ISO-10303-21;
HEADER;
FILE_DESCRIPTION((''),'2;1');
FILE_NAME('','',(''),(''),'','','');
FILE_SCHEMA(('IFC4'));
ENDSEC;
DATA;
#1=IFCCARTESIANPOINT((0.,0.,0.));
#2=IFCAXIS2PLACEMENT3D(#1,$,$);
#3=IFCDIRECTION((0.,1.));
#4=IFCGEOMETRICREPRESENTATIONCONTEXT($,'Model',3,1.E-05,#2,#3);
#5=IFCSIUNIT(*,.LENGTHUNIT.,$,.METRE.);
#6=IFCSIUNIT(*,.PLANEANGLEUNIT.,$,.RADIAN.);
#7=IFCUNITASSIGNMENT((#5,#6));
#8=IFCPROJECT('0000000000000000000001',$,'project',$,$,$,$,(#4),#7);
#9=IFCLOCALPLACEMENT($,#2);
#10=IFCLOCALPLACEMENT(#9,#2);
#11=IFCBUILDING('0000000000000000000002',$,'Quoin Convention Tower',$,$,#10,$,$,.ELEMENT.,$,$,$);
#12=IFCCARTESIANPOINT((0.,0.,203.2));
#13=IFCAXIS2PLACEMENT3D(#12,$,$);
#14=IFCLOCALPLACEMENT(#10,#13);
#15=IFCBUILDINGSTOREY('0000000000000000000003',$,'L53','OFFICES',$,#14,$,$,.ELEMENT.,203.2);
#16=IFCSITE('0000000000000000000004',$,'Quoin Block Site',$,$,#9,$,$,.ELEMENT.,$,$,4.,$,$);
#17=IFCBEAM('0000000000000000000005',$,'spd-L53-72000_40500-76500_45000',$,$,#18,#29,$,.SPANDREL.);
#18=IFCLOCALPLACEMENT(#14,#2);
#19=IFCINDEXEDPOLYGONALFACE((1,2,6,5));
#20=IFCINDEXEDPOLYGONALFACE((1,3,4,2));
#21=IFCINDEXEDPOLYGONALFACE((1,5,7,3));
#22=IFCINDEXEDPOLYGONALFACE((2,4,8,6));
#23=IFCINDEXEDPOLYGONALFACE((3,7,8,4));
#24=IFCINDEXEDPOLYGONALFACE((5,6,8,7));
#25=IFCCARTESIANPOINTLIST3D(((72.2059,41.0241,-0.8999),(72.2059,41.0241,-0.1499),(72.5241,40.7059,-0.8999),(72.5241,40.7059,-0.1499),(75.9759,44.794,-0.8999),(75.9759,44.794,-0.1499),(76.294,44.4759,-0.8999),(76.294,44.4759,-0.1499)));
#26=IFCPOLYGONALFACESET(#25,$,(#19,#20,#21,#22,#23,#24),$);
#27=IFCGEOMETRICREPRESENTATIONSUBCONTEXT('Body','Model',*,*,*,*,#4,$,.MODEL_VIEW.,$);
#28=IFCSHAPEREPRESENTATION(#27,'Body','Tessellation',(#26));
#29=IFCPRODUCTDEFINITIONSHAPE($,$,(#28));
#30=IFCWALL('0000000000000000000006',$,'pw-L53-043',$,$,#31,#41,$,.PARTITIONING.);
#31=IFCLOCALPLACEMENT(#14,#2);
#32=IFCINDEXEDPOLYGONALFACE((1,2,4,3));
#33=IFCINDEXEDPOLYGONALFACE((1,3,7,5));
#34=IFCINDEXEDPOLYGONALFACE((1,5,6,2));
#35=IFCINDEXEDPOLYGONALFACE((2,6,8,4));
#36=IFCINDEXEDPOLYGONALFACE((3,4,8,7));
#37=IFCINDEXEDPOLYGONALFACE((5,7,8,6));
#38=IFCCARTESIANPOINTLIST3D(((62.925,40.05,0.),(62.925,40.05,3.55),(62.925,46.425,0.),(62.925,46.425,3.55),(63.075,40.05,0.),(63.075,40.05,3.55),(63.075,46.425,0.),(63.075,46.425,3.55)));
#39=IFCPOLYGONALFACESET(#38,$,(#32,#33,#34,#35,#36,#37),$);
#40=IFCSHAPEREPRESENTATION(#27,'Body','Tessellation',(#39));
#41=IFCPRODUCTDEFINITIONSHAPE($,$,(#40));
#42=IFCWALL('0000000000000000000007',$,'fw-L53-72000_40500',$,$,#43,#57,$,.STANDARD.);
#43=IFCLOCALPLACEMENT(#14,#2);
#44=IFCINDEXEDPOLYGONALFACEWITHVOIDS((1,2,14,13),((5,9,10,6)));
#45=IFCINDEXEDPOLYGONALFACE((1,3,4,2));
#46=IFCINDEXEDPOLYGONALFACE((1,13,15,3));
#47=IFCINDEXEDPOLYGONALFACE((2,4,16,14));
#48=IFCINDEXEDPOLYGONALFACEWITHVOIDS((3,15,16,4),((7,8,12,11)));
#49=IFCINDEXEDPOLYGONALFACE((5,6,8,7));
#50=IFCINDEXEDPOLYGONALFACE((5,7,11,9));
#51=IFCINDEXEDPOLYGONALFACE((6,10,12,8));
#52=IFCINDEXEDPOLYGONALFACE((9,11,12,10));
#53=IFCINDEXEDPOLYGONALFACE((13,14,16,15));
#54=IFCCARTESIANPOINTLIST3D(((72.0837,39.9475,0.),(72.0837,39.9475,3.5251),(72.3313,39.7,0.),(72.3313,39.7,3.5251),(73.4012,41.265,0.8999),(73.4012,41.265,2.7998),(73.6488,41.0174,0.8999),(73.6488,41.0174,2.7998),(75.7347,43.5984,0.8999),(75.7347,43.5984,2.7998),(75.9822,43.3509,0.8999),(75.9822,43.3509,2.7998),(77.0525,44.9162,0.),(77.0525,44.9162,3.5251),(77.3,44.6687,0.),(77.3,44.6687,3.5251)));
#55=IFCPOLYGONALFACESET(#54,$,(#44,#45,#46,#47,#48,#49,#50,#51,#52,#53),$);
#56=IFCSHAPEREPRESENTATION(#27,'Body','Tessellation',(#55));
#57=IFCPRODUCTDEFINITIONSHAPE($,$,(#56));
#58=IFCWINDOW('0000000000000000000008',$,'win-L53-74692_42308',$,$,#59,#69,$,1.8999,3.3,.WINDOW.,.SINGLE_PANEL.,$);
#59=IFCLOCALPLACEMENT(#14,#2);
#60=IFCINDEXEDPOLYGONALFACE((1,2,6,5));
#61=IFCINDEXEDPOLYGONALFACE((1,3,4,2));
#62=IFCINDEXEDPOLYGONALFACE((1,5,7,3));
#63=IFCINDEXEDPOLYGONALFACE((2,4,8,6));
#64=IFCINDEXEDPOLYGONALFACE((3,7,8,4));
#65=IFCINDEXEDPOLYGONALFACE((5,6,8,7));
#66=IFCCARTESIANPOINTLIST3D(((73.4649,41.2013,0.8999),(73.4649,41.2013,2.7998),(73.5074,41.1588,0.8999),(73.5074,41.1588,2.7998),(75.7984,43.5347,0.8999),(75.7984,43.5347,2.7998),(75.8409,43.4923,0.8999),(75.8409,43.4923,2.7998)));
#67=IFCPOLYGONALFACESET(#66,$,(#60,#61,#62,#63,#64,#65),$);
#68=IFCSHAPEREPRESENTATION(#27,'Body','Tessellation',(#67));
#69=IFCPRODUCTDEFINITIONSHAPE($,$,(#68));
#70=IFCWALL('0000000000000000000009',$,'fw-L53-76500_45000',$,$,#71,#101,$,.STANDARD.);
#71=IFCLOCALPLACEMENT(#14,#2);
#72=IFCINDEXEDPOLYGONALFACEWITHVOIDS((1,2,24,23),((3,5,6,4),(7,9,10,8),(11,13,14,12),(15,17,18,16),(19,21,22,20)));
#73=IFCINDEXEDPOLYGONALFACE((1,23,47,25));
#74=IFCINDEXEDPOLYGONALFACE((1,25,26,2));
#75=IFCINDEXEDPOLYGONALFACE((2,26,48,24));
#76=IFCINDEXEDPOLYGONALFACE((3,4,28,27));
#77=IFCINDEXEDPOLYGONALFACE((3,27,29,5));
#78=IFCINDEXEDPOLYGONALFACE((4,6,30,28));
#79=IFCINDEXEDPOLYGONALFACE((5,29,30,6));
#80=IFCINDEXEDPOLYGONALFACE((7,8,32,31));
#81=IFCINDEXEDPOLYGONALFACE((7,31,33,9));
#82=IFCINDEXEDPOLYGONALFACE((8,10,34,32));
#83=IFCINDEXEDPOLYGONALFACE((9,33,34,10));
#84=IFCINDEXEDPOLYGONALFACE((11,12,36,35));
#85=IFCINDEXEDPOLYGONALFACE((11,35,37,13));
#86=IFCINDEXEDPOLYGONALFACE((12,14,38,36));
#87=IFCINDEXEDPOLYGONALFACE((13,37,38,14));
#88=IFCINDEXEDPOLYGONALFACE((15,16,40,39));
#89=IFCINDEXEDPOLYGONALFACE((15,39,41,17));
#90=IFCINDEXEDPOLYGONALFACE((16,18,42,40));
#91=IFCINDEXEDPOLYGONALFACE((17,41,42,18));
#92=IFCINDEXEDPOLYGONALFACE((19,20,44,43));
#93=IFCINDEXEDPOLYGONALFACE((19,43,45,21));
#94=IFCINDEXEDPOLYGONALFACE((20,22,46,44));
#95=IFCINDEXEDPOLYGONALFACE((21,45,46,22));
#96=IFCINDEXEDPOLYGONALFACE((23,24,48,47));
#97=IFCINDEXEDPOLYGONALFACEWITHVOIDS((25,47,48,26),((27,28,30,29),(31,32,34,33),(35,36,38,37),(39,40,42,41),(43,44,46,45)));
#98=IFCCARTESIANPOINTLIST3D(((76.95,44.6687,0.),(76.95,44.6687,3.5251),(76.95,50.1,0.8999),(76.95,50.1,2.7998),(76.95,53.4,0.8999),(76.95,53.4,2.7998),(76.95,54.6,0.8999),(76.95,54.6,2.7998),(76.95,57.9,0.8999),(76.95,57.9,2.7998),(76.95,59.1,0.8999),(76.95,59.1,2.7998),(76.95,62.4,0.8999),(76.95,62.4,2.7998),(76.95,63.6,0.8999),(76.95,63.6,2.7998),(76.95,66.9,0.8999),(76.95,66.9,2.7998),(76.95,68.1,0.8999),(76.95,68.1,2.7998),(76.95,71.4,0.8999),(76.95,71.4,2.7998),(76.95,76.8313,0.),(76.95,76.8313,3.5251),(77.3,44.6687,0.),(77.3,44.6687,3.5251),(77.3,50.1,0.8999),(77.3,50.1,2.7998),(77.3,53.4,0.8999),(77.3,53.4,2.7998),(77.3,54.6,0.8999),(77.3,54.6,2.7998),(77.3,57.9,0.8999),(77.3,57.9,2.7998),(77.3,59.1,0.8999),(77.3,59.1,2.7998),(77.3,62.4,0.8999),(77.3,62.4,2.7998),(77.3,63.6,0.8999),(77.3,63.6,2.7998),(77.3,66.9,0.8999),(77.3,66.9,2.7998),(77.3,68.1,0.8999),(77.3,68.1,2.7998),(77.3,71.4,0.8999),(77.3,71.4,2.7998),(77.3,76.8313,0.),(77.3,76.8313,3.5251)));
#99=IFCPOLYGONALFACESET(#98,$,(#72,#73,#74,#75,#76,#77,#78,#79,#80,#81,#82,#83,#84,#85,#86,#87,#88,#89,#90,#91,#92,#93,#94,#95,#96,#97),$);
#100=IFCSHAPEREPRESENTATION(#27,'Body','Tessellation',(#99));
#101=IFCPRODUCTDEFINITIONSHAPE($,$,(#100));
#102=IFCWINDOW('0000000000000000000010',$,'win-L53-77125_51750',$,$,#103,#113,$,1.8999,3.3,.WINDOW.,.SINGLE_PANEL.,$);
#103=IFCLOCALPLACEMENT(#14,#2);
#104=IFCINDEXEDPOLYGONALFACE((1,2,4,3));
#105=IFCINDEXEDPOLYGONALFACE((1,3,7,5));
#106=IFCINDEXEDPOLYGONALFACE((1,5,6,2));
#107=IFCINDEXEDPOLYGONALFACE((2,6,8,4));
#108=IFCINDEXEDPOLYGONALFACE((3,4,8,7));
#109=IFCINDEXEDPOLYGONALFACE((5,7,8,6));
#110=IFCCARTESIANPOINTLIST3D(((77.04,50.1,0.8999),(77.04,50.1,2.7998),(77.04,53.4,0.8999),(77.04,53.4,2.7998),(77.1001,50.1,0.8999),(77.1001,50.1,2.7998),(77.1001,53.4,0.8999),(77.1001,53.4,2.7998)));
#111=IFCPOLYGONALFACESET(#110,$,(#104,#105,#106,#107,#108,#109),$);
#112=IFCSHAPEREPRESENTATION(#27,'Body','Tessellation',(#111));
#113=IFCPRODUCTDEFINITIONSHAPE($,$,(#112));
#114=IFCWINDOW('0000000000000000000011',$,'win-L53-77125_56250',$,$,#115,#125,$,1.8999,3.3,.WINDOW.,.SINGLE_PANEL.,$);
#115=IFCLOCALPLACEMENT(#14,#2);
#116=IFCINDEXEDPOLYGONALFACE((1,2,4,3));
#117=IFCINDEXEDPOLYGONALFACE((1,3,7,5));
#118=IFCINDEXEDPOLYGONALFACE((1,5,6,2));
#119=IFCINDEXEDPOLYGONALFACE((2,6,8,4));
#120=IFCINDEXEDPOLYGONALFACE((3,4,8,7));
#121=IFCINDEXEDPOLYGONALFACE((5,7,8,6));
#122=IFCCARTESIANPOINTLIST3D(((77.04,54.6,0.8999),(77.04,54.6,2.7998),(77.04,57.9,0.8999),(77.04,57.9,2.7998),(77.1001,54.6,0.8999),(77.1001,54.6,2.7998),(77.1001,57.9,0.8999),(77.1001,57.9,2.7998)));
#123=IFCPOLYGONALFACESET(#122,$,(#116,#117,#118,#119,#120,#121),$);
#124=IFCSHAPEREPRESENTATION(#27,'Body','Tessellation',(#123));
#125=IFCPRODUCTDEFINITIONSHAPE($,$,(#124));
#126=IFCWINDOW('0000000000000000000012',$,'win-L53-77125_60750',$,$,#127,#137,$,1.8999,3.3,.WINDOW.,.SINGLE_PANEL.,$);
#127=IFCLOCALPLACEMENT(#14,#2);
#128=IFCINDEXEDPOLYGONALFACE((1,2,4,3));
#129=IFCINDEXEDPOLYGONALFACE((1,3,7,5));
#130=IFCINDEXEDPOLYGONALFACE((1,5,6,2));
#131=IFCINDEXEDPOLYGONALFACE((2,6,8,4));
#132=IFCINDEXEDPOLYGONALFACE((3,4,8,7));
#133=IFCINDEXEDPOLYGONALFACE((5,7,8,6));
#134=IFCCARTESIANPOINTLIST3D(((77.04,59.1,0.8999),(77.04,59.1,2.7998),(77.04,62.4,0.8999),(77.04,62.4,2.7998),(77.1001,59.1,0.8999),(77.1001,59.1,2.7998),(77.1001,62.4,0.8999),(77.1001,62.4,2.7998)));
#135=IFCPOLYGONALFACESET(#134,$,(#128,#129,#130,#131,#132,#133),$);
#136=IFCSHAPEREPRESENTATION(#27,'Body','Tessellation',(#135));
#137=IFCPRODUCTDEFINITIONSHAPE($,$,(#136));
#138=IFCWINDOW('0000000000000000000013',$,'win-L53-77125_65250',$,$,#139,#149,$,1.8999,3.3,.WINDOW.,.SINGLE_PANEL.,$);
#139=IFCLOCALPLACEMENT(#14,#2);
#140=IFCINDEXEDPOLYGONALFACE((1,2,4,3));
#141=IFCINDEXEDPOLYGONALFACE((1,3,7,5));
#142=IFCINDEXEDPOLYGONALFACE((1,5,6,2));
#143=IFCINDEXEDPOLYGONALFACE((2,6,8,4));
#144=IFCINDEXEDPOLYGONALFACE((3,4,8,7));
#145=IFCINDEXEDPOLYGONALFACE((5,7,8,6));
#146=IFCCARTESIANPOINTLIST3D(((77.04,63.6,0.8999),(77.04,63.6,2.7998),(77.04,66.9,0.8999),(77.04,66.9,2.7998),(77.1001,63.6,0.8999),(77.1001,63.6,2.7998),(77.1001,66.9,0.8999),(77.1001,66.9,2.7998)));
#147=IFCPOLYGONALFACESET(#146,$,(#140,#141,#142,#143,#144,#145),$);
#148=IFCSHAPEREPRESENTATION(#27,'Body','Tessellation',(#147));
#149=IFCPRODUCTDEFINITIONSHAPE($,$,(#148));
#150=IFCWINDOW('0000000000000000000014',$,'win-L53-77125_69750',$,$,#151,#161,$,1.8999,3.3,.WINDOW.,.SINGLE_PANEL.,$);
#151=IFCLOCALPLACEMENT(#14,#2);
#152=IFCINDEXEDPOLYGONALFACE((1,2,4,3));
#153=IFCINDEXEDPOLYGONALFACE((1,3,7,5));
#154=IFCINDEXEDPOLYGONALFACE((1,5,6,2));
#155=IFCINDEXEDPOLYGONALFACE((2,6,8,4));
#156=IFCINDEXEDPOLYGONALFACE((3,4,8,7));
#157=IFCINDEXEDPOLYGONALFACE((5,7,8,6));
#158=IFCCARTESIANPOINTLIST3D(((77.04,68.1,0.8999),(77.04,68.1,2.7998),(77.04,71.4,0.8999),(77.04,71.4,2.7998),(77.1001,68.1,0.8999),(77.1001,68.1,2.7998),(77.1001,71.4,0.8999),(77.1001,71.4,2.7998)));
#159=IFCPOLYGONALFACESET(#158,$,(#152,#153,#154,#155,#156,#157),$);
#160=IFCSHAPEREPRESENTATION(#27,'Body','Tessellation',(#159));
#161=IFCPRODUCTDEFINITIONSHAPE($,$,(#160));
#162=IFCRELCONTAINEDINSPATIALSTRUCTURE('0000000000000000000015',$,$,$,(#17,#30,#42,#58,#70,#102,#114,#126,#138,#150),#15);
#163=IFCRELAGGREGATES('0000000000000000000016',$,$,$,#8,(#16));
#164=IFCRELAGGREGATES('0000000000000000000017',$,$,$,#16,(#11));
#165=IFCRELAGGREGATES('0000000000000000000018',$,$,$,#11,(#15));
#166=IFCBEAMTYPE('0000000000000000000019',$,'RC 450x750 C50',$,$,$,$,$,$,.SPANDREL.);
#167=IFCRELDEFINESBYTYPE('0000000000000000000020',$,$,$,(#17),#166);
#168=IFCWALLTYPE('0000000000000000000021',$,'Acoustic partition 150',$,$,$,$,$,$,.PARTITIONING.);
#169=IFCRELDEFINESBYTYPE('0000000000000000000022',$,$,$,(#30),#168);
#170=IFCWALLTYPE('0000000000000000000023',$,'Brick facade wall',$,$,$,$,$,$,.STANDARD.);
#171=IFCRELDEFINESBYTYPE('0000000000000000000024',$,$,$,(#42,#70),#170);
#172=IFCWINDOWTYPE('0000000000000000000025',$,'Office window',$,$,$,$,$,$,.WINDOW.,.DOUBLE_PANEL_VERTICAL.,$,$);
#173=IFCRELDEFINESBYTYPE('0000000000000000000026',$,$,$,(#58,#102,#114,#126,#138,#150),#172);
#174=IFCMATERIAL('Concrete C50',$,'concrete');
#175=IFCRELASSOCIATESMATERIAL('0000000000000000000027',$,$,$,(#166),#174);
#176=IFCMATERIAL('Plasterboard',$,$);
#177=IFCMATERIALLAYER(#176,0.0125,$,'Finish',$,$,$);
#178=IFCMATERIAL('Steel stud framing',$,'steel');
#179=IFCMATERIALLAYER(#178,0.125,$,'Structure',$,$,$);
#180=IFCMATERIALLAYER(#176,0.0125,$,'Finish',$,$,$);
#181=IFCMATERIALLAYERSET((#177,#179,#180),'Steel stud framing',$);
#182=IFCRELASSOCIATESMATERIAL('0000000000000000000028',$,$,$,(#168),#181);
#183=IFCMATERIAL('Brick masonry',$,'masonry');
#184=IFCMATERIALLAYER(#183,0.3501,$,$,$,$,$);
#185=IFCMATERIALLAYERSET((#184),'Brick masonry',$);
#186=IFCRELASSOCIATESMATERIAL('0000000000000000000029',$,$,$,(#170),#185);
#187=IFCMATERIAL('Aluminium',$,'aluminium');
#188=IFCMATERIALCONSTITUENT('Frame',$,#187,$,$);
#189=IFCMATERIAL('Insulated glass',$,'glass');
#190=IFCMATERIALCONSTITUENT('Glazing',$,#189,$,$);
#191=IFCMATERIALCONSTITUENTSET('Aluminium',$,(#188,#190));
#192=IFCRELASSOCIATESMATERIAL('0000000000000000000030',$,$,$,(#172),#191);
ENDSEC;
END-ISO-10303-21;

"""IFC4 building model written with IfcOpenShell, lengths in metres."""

from ifc_helpers import new_model, si_unit, direction, frame, frame_2d, origin, origin_2d, place, context, subcontext, project, spatial, rectangle, extrude, material, layer, layer_set, constituent, constituent_set, material_profile, profile_set, type_object, element, fill, save


model = new_model("IFC4")

# Units and contexts
model_context = context("Model", 3, precision=1e-05, world=origin(), true_north=direction((0.0, 1.0)))
body_context = subcontext(model_context, "Body", "Model", "MODEL_VIEW")
ifc_project = project(units=[si_unit("LENGTHUNIT", "METRE"), si_unit("PLANEANGLEUNIT", "RADIAN")], contexts=[model_context])

# Site, building, storey
site_placement = place(None, origin())
site = spatial("IfcSite", under=ifc_project, at=site_placement, Name="Quoin Block Site", CompositionType="ELEMENT", RefElevation=4.0)
building_placement = place(site_placement, origin())
building = spatial("IfcBuilding", under=site, at=building_placement, Name="Quoin Convention Tower", CompositionType="ELEMENT")
storey_placement = place(building_placement, frame((0.0, 0.0, 203.2)))
storey = spatial("IfcBuildingStorey", under=building, at=storey_placement, Name="L53", Description="OFFICES", CompositionType="ELEMENT", Elevation=203.2)

# Shared definitions
ifc_material_1 = material(Name="Concrete C50", Category="concrete")

# Beam
ifc_material_profile_1 = material_profile(ifc_material_1, rectangle(XDim=0.45, YDim=0.75, at=origin_2d()), Name="RC 450x750")
ifc_profile_set_1 = profile_set([ifc_material_profile_1], Name="Concrete C50")
beam_type_1 = type_object("IfcBeamType", Name="RC 450x750 C50", PredefinedType="SPANDREL", material=ifc_profile_set_1)
beam_1_placement = place(storey_placement, frame((72.365, 40.865, -0.5249), z_axis=(0.707107, 0.707107, 0.0), x_axis=(-0.707107, 0.707107, 0.0)))
element("IfcBeam", 1, at=beam_1_placement, inside=storey, type_object=beam_type_1, Name="spd-L53-72000_40500-76500_45000", PredefinedType="SPANDREL", context=body_context, shape_type="SweptSolid", body=[
    extrude(rectangle(XDim=0.45, YDim=0.75, at=origin_2d()), origin(), (0.0, 0.0, 1.0), 5.3315),
])

# Wall
ifc_material_2 = material(Name="Plasterboard")
ifc_layer_1 = layer(ifc_material_2, 0.0125, Name="Finish")
ifc_material_3 = material(Name="Steel stud framing", Category="steel")
ifc_layer_2 = layer(ifc_material_3, 0.125, Name="Structure")
ifc_layer_3 = layer(ifc_material_2, 0.0125, Name="Finish")
ifc_layer_set_1 = layer_set([ifc_layer_1, ifc_layer_2, ifc_layer_3], Name="Steel stud framing")
wall_type_1 = type_object("IfcWallType", Name="Acoustic partition 150", PredefinedType="PARTITIONING", material=ifc_layer_set_1)
wall_1_placement = place(storey_placement, frame((63.0, 40.05, 0.0), z_axis=(0.0, 0.0, 1.0), x_axis=(0.0, 1.0, 0.0)))
element("IfcWall", 2, at=wall_1_placement, inside=storey, type_object=wall_type_1, Name="pw-L53-043", PredefinedType="PARTITIONING", context=body_context, shape_type="SweptSolid", body=[
    extrude(rectangle(XDim=6.375, YDim=0.1499, at=frame_2d((3.1875, 0.0))), origin(), (0.0, 0.0, 1.0), 3.55),
])

# Wall, opening, window
ifc_material_4 = material(Name="Brick masonry", Category="masonry")
ifc_layer_4 = layer(ifc_material_4, 0.3501)
ifc_layer_set_2 = layer_set([ifc_layer_4], Name="Brick masonry")
wall_type_2 = type_object("IfcWallType", Name="Brick facade wall", PredefinedType="STANDARD", material=ifc_layer_set_2)
wall_2_placement = place(storey_placement, frame((72.2075, 39.8237, 0.0), z_axis=(0.0, 0.0, 1.0), x_axis=(0.707107, 0.707107, 0.0)))
wall_2 = element("IfcWall", 3, at=wall_2_placement, inside=storey, type_object=wall_type_2, Name="fw-L53-72000_40500", PredefinedType="STANDARD", context=body_context, shape_type="SweptSolid", body=[
    extrude(rectangle(XDim=7.0269, YDim=0.3501, at=frame_2d((3.5134, 0.0))), origin(), (0.0, 0.0, 1.0), 3.5251),
])
opening_1_placement = place(wall_2_placement, frame((1.8633, 0.0, 0.8999)))
opening_1 = element("IfcOpeningElement", 4, at=opening_1_placement, cuts=wall_2, PredefinedType="OPENING", context=body_context, shape_type="SweptSolid", body=[
    extrude(rectangle(XDim=3.3, YDim=1.8999, at=frame_2d((1.6499, 0.95))), frame((0.0, 0.1851, 0.0), z_axis=(0.0, -1.0, 0.0), x_axis=(1.0, 0.0, 0.0)), (0.0, 0.0, 1.0), 0.3701),
])
ifc_material_5 = material(Name="Aluminium", Category="aluminium")
ifc_constituent_1 = constituent(ifc_material_5, Name="Frame")
ifc_material_6 = material(Name="Insulated glass", Category="glass")
ifc_constituent_2 = constituent(ifc_material_6, Name="Glazing")
ifc_constituent_set = constituent_set(constituents=[ifc_constituent_1, ifc_constituent_2], Name="Aluminium")
window_type = type_object("IfcWindowType", Name="Office window", PartitioningType="DOUBLE_PANEL_VERTICAL", PredefinedType="WINDOW", material=ifc_constituent_set)
window_1_placement = place(opening_1_placement, origin())
window_1 = element("IfcWindow", 5, at=window_1_placement, inside=storey, type_object=window_type, Name="win-L53-74692_42308", OverallHeight=1.8999, OverallWidth=3.3, PartitioningType="SINGLE_PANEL", PredefinedType="WINDOW", context=body_context, shape_type="SweptSolid", body=[
    extrude(rectangle(XDim=3.3, YDim=1.8999, at=frame_2d((1.6499, 0.95))), frame((0.0, 0.085, 0.0), z_axis=(0.0, -1.0, 0.0), x_axis=(1.0, 0.0, 0.0)), (0.0, 0.0, 1.0), 0.0601),
])
fill(opening_1, window_1)

# Wall, openings, windows
wall_3_placement = place(storey_placement, frame((77.125, 44.6687, 0.0), z_axis=(0.0, 0.0, 1.0), x_axis=(0.0, 1.0, 0.0)))
wall_3 = element("IfcWall", 6, at=wall_3_placement, inside=storey, type_object=wall_type_2, Name="fw-L53-76500_45000", PredefinedType="STANDARD", context=body_context, shape_type="SweptSolid", body=[
    extrude(rectangle(XDim=32.1626, YDim=0.3501, at=frame_2d((16.0813, 0.0))), origin(), (0.0, 0.0, 1.0), 3.5251),
])
opening_2_placement = place(wall_3_placement, frame((5.4314, 0.0, 0.8999)))
opening_2 = element("IfcOpeningElement", 7, at=opening_2_placement, cuts=wall_3, PredefinedType="OPENING", context=body_context, shape_type="SweptSolid", body=[
    extrude(rectangle(XDim=3.3, YDim=1.8999, at=frame_2d((1.6499, 0.95))), frame((0.0, 0.1851, 0.0), z_axis=(0.0, -1.0, 0.0), x_axis=(1.0, 0.0, 0.0)), (0.0, 0.0, 1.0), 0.3701),
])
opening_3_placement = place(wall_3_placement, frame((9.9314, 0.0, 0.8999)))
opening_3 = element("IfcOpeningElement", 8, at=opening_3_placement, cuts=wall_3, PredefinedType="OPENING", context=body_context, shape_type="SweptSolid", body=[
    extrude(rectangle(XDim=3.3, YDim=1.8999, at=frame_2d((1.6499, 0.95))), frame((0.0, 0.1851, 0.0), z_axis=(0.0, -1.0, 0.0), x_axis=(1.0, 0.0, 0.0)), (0.0, 0.0, 1.0), 0.3701),
])
opening_4_placement = place(wall_3_placement, frame((14.4314, 0.0, 0.8999)))
opening_4 = element("IfcOpeningElement", 9, at=opening_4_placement, cuts=wall_3, PredefinedType="OPENING", context=body_context, shape_type="SweptSolid", body=[
    extrude(rectangle(XDim=3.3, YDim=1.8999, at=frame_2d((1.6499, 0.95))), frame((0.0, 0.1851, 0.0), z_axis=(0.0, -1.0, 0.0), x_axis=(1.0, 0.0, 0.0)), (0.0, 0.0, 1.0), 0.3701),
])
opening_5_placement = place(wall_3_placement, frame((18.9314, 0.0, 0.8999)))
opening_5 = element("IfcOpeningElement", 10, at=opening_5_placement, cuts=wall_3, PredefinedType="OPENING", context=body_context, shape_type="SweptSolid", body=[
    extrude(rectangle(XDim=3.3, YDim=1.8999, at=frame_2d((1.6499, 0.95))), frame((0.0, 0.1851, 0.0), z_axis=(0.0, -1.0, 0.0), x_axis=(1.0, 0.0, 0.0)), (0.0, 0.0, 1.0), 0.3701),
])
opening_6_placement = place(wall_3_placement, frame((23.4314, 0.0, 0.8999)))
opening_6 = element("IfcOpeningElement", 11, at=opening_6_placement, cuts=wall_3, PredefinedType="OPENING", context=body_context, shape_type="SweptSolid", body=[
    extrude(rectangle(XDim=3.3, YDim=1.8999, at=frame_2d((1.6499, 0.95))), frame((0.0, 0.1851, 0.0), z_axis=(0.0, -1.0, 0.0), x_axis=(1.0, 0.0, 0.0)), (0.0, 0.0, 1.0), 0.3701),
])
window_2_placement = place(opening_2_placement, origin())
window_2 = element("IfcWindow", 12, at=window_2_placement, inside=storey, type_object=window_type, Name="win-L53-77125_51750", OverallHeight=1.8999, OverallWidth=3.3, PartitioningType="SINGLE_PANEL", PredefinedType="WINDOW", context=body_context, shape_type="SweptSolid", body=[
    extrude(rectangle(XDim=3.3, YDim=1.8999, at=frame_2d((1.6499, 0.95))), frame((0.0, 0.085, 0.0), z_axis=(0.0, -1.0, 0.0), x_axis=(1.0, 0.0, 0.0)), (0.0, 0.0, 1.0), 0.0601),
])
fill(opening_2, window_2)
window_3_placement = place(opening_3_placement, origin())
window_3 = element("IfcWindow", 13, at=window_3_placement, inside=storey, type_object=window_type, Name="win-L53-77125_56250", OverallHeight=1.8999, OverallWidth=3.3, PartitioningType="SINGLE_PANEL", PredefinedType="WINDOW", context=body_context, shape_type="SweptSolid", body=[
    extrude(rectangle(XDim=3.3, YDim=1.8999, at=frame_2d((1.6499, 0.95))), frame((0.0, 0.085, 0.0), z_axis=(0.0, -1.0, 0.0), x_axis=(1.0, 0.0, 0.0)), (0.0, 0.0, 1.0), 0.0601),
])
fill(opening_3, window_3)
window_4_placement = place(opening_4_placement, origin())
window_4 = element("IfcWindow", 14, at=window_4_placement, inside=storey, type_object=window_type, Name="win-L53-77125_60750", OverallHeight=1.8999, OverallWidth=3.3, PartitioningType="SINGLE_PANEL", PredefinedType="WINDOW", context=body_context, shape_type="SweptSolid", body=[
    extrude(rectangle(XDim=3.3, YDim=1.8999, at=frame_2d((1.6499, 0.95))), frame((0.0, 0.085, 0.0), z_axis=(0.0, -1.0, 0.0), x_axis=(1.0, 0.0, 0.0)), (0.0, 0.0, 1.0), 0.0601),
])
fill(opening_4, window_4)
window_5_placement = place(opening_5_placement, origin())
window_5 = element("IfcWindow", 15, at=window_5_placement, inside=storey, type_object=window_type, Name="win-L53-77125_65250", OverallHeight=1.8999, OverallWidth=3.3, PartitioningType="SINGLE_PANEL", PredefinedType="WINDOW", context=body_context, shape_type="SweptSolid", body=[
    extrude(rectangle(XDim=3.3, YDim=1.8999, at=frame_2d((1.6499, 0.95))), frame((0.0, 0.085, 0.0), z_axis=(0.0, -1.0, 0.0), x_axis=(1.0, 0.0, 0.0)), (0.0, 0.0, 1.0), 0.0601),
])
fill(opening_5, window_5)
window_6_placement = place(opening_6_placement, origin())
window_6 = element("IfcWindow", 16, at=window_6_placement, inside=storey, type_object=window_type, Name="win-L53-77125_69750", OverallHeight=1.8999, OverallWidth=3.3, PartitioningType="SINGLE_PANEL", PredefinedType="WINDOW", context=body_context, shape_type="SweptSolid", body=[
    extrude(rectangle(XDim=3.3, YDim=1.8999, at=frame_2d((1.6499, 0.95))), frame((0.0, 0.085, 0.0), z_axis=(0.0, -1.0, 0.0), x_axis=(1.0, 0.0, 0.0)), (0.0, 0.0, 1.0), 0.0601),
])
fill(opening_6, window_6)

save(model, "model.ifc")
